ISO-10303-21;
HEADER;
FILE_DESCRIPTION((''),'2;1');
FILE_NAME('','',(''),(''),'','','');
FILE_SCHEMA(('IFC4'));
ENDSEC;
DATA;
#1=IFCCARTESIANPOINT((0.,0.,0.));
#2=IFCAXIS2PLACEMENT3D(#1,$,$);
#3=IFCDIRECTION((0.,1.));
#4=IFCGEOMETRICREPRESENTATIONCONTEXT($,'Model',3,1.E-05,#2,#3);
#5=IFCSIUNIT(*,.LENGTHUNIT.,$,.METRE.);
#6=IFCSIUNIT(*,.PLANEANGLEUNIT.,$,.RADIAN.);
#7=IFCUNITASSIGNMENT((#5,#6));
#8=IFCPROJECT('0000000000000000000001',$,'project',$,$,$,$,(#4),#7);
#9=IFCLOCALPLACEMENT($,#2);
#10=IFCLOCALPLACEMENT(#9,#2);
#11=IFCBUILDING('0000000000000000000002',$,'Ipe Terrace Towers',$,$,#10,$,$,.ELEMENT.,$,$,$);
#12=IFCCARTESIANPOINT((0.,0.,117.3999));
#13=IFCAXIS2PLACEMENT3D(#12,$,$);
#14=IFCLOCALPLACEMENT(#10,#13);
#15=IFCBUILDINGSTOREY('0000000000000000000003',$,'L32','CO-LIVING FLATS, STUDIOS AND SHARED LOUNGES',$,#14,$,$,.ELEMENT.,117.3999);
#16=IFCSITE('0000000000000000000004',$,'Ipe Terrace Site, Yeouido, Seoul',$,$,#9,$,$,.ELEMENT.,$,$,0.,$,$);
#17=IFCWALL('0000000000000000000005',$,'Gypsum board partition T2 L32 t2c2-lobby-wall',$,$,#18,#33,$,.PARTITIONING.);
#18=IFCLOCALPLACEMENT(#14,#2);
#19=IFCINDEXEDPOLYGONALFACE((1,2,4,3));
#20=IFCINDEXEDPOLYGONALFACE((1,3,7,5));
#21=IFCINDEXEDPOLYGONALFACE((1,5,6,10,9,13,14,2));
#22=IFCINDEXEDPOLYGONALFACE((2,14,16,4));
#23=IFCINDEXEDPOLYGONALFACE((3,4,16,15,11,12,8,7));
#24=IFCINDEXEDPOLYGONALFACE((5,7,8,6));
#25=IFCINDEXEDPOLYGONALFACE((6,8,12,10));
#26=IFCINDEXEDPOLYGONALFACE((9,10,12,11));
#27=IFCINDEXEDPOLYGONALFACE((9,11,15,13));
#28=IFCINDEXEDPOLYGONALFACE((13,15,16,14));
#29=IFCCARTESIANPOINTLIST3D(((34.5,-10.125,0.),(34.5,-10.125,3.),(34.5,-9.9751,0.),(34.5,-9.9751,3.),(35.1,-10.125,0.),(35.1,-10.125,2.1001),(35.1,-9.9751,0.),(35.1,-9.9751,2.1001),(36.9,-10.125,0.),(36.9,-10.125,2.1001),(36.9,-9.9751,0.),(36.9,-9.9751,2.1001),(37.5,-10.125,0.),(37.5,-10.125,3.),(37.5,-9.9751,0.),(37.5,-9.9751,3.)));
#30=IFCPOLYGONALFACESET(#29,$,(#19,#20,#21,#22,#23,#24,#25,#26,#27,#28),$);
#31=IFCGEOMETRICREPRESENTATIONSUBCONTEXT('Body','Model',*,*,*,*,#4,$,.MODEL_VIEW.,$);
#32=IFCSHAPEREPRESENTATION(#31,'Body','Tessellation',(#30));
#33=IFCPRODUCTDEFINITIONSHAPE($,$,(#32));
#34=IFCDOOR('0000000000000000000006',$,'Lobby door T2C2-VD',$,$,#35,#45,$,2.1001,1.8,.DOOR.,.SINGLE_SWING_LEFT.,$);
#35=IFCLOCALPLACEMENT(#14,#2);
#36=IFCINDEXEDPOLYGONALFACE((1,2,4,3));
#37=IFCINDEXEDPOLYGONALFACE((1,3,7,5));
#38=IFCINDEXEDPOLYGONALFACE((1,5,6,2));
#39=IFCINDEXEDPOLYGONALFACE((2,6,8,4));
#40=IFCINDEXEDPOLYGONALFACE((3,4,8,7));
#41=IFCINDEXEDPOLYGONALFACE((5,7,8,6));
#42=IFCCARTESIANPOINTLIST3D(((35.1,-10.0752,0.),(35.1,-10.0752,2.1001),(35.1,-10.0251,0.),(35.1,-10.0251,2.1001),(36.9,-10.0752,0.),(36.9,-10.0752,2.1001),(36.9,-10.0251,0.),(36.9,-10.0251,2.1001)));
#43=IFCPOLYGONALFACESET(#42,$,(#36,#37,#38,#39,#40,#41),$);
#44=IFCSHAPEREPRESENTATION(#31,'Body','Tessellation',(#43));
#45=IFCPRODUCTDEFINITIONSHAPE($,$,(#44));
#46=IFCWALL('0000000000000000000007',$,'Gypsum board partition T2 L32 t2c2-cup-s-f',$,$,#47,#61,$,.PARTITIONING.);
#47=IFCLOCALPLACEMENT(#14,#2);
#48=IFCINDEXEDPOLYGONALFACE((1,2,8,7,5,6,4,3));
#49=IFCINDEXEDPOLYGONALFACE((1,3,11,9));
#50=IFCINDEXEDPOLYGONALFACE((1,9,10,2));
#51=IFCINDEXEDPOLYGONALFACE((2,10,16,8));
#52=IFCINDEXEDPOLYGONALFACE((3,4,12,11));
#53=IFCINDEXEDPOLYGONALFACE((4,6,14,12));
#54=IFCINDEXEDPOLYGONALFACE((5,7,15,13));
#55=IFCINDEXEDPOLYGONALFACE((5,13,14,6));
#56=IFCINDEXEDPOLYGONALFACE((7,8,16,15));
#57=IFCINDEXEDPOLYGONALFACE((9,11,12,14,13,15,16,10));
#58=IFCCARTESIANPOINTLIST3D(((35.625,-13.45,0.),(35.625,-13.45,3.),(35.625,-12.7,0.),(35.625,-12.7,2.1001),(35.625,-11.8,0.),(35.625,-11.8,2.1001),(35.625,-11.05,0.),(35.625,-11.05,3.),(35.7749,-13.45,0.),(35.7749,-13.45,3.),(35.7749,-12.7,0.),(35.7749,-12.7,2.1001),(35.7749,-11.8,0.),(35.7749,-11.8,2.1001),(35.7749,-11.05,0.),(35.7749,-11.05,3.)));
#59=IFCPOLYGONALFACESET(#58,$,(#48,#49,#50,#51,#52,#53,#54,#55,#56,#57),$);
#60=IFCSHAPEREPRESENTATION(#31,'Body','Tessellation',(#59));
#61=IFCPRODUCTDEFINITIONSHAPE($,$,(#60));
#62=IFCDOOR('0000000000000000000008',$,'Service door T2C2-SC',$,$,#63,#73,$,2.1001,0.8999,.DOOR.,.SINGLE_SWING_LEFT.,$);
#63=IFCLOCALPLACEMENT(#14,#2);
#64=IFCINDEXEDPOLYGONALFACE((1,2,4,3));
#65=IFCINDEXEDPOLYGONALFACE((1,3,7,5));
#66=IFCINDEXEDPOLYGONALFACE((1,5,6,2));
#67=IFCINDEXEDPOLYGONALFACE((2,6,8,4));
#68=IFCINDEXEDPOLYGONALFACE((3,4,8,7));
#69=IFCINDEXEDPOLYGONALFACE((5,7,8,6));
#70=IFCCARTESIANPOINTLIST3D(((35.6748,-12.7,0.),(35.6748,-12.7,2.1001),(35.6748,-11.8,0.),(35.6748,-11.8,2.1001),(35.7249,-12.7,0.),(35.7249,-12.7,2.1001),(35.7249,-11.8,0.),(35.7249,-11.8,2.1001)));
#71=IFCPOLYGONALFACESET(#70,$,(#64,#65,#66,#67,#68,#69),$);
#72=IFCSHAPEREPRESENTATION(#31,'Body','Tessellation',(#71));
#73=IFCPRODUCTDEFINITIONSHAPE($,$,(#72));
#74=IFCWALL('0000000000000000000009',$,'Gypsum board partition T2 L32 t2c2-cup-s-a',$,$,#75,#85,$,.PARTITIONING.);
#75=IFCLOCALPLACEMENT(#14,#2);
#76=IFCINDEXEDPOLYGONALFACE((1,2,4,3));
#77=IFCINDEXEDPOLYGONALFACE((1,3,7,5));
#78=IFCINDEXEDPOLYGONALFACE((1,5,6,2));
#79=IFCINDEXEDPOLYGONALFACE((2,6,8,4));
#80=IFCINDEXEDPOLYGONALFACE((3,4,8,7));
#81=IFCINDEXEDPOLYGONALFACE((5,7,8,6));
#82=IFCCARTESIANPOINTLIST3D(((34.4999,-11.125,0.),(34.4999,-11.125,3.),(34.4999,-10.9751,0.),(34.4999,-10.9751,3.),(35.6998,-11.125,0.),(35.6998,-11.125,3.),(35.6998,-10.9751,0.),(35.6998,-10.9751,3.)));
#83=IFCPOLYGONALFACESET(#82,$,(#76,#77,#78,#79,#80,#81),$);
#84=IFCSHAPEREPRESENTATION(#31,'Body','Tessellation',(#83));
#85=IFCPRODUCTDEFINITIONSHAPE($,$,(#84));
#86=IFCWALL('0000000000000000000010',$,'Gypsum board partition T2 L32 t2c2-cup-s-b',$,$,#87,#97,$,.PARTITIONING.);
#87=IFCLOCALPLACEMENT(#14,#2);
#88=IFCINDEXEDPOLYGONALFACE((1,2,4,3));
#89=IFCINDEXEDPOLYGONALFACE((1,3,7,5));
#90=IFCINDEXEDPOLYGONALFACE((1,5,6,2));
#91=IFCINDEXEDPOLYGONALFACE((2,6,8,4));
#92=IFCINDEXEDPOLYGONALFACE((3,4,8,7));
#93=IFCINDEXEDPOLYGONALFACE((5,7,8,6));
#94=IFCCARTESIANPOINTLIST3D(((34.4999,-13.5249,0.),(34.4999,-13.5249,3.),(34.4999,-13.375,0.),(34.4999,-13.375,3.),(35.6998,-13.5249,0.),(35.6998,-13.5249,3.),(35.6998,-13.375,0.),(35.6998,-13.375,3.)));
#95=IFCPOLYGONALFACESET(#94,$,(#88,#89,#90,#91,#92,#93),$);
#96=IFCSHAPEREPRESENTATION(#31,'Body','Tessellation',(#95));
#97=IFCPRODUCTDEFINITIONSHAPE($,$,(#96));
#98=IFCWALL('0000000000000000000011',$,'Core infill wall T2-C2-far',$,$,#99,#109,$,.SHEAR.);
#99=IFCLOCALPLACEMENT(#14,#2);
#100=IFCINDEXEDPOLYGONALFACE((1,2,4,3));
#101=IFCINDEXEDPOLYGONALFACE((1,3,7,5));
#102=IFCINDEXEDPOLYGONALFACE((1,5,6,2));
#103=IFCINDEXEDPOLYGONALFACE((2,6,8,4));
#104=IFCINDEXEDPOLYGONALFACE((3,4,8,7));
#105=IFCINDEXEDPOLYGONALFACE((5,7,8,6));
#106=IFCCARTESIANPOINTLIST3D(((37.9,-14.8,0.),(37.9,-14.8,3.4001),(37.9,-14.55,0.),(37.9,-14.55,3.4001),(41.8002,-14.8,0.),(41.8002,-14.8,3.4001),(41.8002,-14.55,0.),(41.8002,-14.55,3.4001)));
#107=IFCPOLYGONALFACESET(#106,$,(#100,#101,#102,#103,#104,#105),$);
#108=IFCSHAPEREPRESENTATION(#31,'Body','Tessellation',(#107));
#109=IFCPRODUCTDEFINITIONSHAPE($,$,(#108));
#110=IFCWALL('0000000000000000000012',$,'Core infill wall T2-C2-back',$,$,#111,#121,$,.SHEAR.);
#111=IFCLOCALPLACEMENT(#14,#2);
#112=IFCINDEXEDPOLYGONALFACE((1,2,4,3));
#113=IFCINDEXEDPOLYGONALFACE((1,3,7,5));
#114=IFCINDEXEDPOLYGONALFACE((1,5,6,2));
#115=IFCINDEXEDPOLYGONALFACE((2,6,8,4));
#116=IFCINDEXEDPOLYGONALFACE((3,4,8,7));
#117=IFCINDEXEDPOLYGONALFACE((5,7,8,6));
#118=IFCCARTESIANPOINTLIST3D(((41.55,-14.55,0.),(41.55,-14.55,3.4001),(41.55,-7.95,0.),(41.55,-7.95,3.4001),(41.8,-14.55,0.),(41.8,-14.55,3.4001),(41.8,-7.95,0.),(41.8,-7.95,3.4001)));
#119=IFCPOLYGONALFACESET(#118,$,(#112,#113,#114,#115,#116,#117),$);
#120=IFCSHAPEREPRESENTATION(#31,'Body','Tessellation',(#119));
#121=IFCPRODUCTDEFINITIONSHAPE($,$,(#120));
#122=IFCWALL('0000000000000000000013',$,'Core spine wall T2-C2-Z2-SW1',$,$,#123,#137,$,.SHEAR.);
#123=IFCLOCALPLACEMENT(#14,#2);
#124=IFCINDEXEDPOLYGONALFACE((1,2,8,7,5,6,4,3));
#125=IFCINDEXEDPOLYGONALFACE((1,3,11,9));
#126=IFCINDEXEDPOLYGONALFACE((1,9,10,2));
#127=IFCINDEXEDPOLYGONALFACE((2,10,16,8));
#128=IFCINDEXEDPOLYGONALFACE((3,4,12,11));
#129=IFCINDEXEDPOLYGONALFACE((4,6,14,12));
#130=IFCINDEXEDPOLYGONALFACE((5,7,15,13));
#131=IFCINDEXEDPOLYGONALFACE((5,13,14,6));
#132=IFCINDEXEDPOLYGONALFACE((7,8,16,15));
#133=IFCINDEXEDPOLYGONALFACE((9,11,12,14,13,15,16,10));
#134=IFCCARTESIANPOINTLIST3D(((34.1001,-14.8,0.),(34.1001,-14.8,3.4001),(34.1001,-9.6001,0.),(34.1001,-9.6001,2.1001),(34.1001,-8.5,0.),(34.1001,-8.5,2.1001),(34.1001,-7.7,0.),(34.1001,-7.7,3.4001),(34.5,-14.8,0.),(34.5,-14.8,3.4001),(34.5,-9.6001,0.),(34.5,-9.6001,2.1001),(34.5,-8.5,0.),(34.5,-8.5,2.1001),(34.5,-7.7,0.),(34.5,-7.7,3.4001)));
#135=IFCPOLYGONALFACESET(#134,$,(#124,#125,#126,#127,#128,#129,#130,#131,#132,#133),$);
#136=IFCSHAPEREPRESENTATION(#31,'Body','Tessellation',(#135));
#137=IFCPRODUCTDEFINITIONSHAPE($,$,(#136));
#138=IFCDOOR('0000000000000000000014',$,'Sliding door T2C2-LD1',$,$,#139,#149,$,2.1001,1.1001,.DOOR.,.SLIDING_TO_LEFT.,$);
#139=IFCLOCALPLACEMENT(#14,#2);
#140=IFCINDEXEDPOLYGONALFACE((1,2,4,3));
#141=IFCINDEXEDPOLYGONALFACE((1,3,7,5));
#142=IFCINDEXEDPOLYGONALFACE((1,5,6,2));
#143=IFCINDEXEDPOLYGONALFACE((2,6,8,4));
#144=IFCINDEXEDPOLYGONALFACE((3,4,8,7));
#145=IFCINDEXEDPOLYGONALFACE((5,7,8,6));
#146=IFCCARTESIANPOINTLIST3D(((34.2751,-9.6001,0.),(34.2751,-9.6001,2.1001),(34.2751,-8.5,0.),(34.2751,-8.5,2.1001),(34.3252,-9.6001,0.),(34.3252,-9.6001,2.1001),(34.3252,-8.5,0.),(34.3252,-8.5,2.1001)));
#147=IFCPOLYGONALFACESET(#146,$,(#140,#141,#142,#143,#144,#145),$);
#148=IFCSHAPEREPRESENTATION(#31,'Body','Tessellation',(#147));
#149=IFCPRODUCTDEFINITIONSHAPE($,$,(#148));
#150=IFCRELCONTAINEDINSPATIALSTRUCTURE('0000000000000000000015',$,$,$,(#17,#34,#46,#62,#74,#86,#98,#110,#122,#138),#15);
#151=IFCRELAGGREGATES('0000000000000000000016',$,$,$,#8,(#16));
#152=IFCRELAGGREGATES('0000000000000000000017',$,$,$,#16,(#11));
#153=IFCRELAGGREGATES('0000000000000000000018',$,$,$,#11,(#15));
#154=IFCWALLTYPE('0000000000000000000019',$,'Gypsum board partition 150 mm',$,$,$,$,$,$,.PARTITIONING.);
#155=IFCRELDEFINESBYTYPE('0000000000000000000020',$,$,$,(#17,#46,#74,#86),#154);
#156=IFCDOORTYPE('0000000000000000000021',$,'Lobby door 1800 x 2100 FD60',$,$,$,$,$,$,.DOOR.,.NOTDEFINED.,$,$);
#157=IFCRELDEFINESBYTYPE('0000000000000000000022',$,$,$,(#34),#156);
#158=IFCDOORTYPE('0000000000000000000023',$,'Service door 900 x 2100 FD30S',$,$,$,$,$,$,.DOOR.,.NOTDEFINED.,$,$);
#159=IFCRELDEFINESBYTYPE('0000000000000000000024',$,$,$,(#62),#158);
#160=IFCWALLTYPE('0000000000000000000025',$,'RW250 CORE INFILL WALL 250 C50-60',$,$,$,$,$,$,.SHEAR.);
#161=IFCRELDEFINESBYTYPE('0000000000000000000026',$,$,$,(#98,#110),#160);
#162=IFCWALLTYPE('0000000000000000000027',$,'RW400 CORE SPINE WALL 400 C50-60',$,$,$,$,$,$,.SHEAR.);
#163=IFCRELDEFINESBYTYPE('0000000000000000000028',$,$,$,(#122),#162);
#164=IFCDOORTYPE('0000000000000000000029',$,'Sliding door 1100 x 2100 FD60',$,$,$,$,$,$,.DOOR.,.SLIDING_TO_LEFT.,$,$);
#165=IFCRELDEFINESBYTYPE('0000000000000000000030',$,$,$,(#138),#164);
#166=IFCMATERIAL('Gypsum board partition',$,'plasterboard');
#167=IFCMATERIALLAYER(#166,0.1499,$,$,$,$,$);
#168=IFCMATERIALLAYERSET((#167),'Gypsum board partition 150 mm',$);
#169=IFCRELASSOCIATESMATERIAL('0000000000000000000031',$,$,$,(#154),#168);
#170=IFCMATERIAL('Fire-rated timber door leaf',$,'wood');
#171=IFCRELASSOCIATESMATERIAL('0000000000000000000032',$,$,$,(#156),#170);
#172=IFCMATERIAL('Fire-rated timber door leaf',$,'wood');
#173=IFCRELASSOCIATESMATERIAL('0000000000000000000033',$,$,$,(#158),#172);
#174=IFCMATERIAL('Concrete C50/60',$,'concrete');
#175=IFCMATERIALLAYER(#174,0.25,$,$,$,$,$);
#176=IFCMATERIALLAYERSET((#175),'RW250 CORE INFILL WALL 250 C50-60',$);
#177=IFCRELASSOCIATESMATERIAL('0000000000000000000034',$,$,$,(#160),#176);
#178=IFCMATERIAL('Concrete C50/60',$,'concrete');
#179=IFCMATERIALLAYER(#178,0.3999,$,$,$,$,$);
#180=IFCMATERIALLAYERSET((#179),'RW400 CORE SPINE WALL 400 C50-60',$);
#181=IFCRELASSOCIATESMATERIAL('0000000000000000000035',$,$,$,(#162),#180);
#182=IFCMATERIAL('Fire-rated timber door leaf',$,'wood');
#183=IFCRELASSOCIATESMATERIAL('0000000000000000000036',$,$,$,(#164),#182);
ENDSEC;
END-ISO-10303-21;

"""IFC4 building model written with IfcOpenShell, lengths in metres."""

from ifc_helpers import new_model, si_unit, direction, frame, frame_2d, origin, place, context, subcontext, project, spatial, rectangle, extrude, material, layer, layer_set, type_object, element, fill, save


model = new_model("IFC4")

# Units and contexts
model_context = context("Model", 3, precision=1e-05, world=origin(), true_north=direction((0.0, 1.0)))
body_context = subcontext(model_context, "Body", "Model", "MODEL_VIEW")
ifc_project = project(units=[si_unit("LENGTHUNIT", "METRE"), si_unit("PLANEANGLEUNIT", "RADIAN")], contexts=[model_context])

# Site, building, storey
site_placement = place(None, origin())
site = spatial("IfcSite", under=ifc_project, at=site_placement, Name="Ipe Terrace Site, Yeouido, Seoul", CompositionType="ELEMENT", RefElevation=0.0)
building_placement = place(site_placement, origin())
building = spatial("IfcBuilding", under=site, at=building_placement, Name="Ipe Terrace Towers", CompositionType="ELEMENT")
storey_placement = place(building_placement, frame((0.0, 0.0, 117.3999)))
storey = spatial("IfcBuildingStorey", under=building, at=storey_placement, Name="L32", Description="CO-LIVING FLATS, STUDIOS AND SHARED LOUNGES", CompositionType="ELEMENT", Elevation=117.3999)

# Walls, openings, doors
ifc_material_1 = material(Name="Gypsum board partition", Category="plasterboard")
ifc_layer_1 = layer(ifc_material_1, 0.1499)
ifc_layer_set_1 = layer_set([ifc_layer_1], Name="Gypsum board partition 150 mm")
wall_type_1 = type_object("IfcWallType", Name="Gypsum board partition 150 mm", PredefinedType="PARTITIONING", material=ifc_layer_set_1)
wall_1_placement = place(storey_placement, frame((34.5, -10.05, 0.0), z_axis=(0.0, 0.0, 1.0), x_axis=(1.0, 0.0, 0.0)))
wall_1 = element("IfcWall", 1, at=wall_1_placement, inside=storey, type_object=wall_type_1, Name="Gypsum board partition T2 L32 t2c2-lobby-wall", PredefinedType="PARTITIONING", context=body_context, shape_type="SweptSolid", body=[
    extrude(rectangle(XDim=3.0, YDim=0.1499, at=frame_2d((1.5, 0.0))), origin(), (0.0, 0.0, 1.0), 3.0),
])
opening_1_placement = place(wall_1_placement, frame((0.6001, 0.0, 0.0)))
opening_1 = element("IfcOpeningElement", 2, at=opening_1_placement, cuts=wall_1, PredefinedType="OPENING", context=body_context, shape_type="SweptSolid", body=[
    extrude(rectangle(XDim=1.8, YDim=2.1001, at=frame_2d((0.8999, 1.05))), frame((0.0, 0.085, 0.0), z_axis=(0.0, -1.0, 0.0), x_axis=(1.0, 0.0, 0.0)), (0.0, 0.0, 1.0), 0.1699),
])
ifc_material_2 = material(Name="Fire-rated timber door leaf", Category="wood")
door_type_1 = type_object("IfcDoorType", Name="Lobby door 1800 x 2100 FD60", OperationType="NOTDEFINED", PredefinedType="DOOR", material=ifc_material_2)
door_1_placement = place(opening_1_placement, origin())
door_1 = element("IfcDoor", 3, at=door_1_placement, inside=storey, type_object=door_type_1, Name="Lobby door T2C2-VD", OperationType="SINGLE_SWING_LEFT", OverallHeight=2.1001, OverallWidth=1.8, PredefinedType="DOOR", context=body_context, shape_type="SweptSolid", body=[
    extrude(rectangle(XDim=1.8, YDim=2.1001, at=frame_2d((0.8999, 1.05))), frame((0.0, 0.0249, 0.0), z_axis=(0.0, -1.0, 0.0), x_axis=(1.0, 0.0, 0.0)), (0.0, 0.0, 1.0), 0.05),
])
fill(opening_1, door_1)
wall_2_placement = place(storey_placement, frame((35.7, -11.05, 0.0), z_axis=(0.0, 0.0, 1.0), x_axis=(0.0, -1.0, 0.0)))
wall_2 = element("IfcWall", 4, at=wall_2_placement, inside=storey, type_object=wall_type_1, Name="Gypsum board partition T2 L32 t2c2-cup-s-f", PredefinedType="PARTITIONING", context=body_context, shape_type="SweptSolid", body=[
    extrude(rectangle(XDim=2.3999, YDim=0.1499, at=frame_2d((1.2, 0.0))), origin(), (0.0, 0.0, 1.0), 3.0),
])
opening_2_placement = place(wall_2_placement, frame((0.75, 0.0, 0.0)))
opening_2 = element("IfcOpeningElement", 5, at=opening_2_placement, cuts=wall_2, PredefinedType="OPENING", context=body_context, shape_type="SweptSolid", body=[
    extrude(rectangle(XDim=0.8999, YDim=2.1001, at=frame_2d((0.45, 1.05))), frame((0.0, 0.085, 0.0), z_axis=(0.0, -1.0, 0.0), x_axis=(1.0, 0.0, 0.0)), (0.0, 0.0, 1.0), 0.1699),
])
ifc_material_3 = material(Name="Fire-rated timber door leaf", Category="wood")
door_type_2 = type_object("IfcDoorType", Name="Service door 900 x 2100 FD30S", OperationType="NOTDEFINED", PredefinedType="DOOR", material=ifc_material_3)
door_2_placement = place(opening_2_placement, origin())
door_2 = element("IfcDoor", 6, at=door_2_placement, inside=storey, type_object=door_type_2, Name="Service door T2C2-SC", OperationType="SINGLE_SWING_LEFT", OverallHeight=2.1001, OverallWidth=0.8999, PredefinedType="DOOR", context=body_context, shape_type="SweptSolid", body=[
    extrude(rectangle(XDim=0.8999, YDim=2.1001, at=frame_2d((0.45, 1.05))), frame((0.0, 0.0249, 0.0), z_axis=(0.0, -1.0, 0.0), x_axis=(1.0, 0.0, 0.0)), (0.0, 0.0, 1.0), 0.05),
])
fill(opening_2, door_2)

# Walls
for number, where, z_axis, x_axis, name in (
    (7, (35.7, -11.05, 0.0), (0.0, 0.0, 1.0), (-1.0, 0.0, 0.0), "Gypsum board partition T2 L32 t2c2-cup-s-a"),
    (8, (35.7, -13.45, 0.0), (0.0, 0.0, 1.0), (-1.0, 0.0, 0.0), "Gypsum board partition T2 L32 t2c2-cup-s-b"),
):
    element("IfcWall", number, at=place(storey_placement, frame(where, z_axis=z_axis, x_axis=x_axis)), inside=storey, type_object=wall_type_1, Name=name, PredefinedType="PARTITIONING", context=body_context, shape_type="SweptSolid", body=[
        extrude(rectangle(XDim=1.2, YDim=0.1499, at=frame_2d((0.6001, 0.0))), origin(), (0.0, 0.0, 1.0), 3.0),
    ])
ifc_material_4 = material(Name="Concrete C50/60", Category="concrete")
ifc_layer_2 = layer(ifc_material_4, 0.25)
ifc_layer_set_2 = layer_set([ifc_layer_2], Name="RW250 CORE INFILL WALL 250 C50-60")
wall_type_2 = type_object("IfcWallType", Name="RW250 CORE INFILL WALL 250 C50-60", PredefinedType="SHEAR", material=ifc_layer_set_2)
wall_3_placement = place(storey_placement, frame((37.8999, -14.675, 0.0), z_axis=(0.0, 0.0, 1.0), x_axis=(1.0, 0.0, 0.0)))
element("IfcWall", 9, at=wall_3_placement, inside=storey, type_object=wall_type_2, Name="Core infill wall T2-C2-far", PredefinedType="SHEAR", context=body_context, shape_type="SweptSolid", body=[
    extrude(rectangle(XDim=3.9001, YDim=0.25, at=frame_2d((1.9502, 0.0))), origin(), (0.0, 0.0, 1.0), 3.4001),
])
wall_4_placement = place(storey_placement, frame((41.675, -7.95, 0.0), z_axis=(0.0, 0.0, 1.0), x_axis=(0.0, -1.0, 0.0)))
element("IfcWall", 10, at=wall_4_placement, inside=storey, type_object=wall_type_2, Name="Core infill wall T2-C2-back", PredefinedType="SHEAR", context=body_context, shape_type="SweptSolid", body=[
    extrude(rectangle(XDim=6.6001, YDim=0.25, at=frame_2d((3.3, 0.0))), origin(), (0.0, 0.0, 1.0), 3.4001),
])

# Wall, opening, door
ifc_material_5 = material(Name="Concrete C50/60", Category="concrete")
ifc_layer_3 = layer(ifc_material_5, 0.3999)
ifc_layer_set_3 = layer_set([ifc_layer_3], Name="RW400 CORE SPINE WALL 400 C50-60")
wall_type_3 = type_object("IfcWallType", Name="RW400 CORE SPINE WALL 400 C50-60", PredefinedType="SHEAR", material=ifc_layer_set_3)
wall_5_placement = place(storey_placement, frame((34.3, -14.8, 0.0), z_axis=(0.0, 0.0, 1.0), x_axis=(0.0, 1.0, 0.0)))
wall_5 = element("IfcWall", 11, at=wall_5_placement, inside=storey, type_object=wall_type_3, Name="Core spine wall T2-C2-Z2-SW1", PredefinedType="SHEAR", context=body_context, shape_type="SweptSolid", body=[
    extrude(rectangle(XDim=7.1001, YDim=0.3999, at=frame_2d((3.55, 0.0))), origin(), (0.0, 0.0, 1.0), 3.4001),
])
opening_3_placement = place(wall_5_placement, frame((5.2, 0.0, 0.0)))
opening_3 = element("IfcOpeningElement", 12, at=opening_3_placement, cuts=wall_5, PredefinedType="OPENING", context=body_context, shape_type="SweptSolid", body=[
    extrude(rectangle(XDim=1.1001, YDim=2.1001, at=frame_2d((0.55, 1.05))), frame((0.0, 0.21, 0.0), z_axis=(0.0, -1.0, 0.0), x_axis=(1.0, 0.0, 0.0)), (0.0, 0.0, 1.0), 0.4199),
])
ifc_material_6 = material(Name="Fire-rated timber door leaf", Category="wood")
door_type_3 = type_object("IfcDoorType", Name="Sliding door 1100 x 2100 FD60", OperationType="SLIDING_TO_LEFT", PredefinedType="DOOR", material=ifc_material_6)
door_3_placement = place(opening_3_placement, origin())
door_3 = element("IfcDoor", 13, at=door_3_placement, inside=storey, type_object=door_type_3, Name="Sliding door T2C2-LD1", OperationType="SLIDING_TO_LEFT", OverallHeight=2.1001, OverallWidth=1.1001, PredefinedType="DOOR", context=body_context, shape_type="SweptSolid", body=[
    extrude(rectangle(XDim=1.1001, YDim=2.1001, at=frame_2d((0.55, 1.05))), frame((0.0, 0.0249, 0.0), z_axis=(0.0, -1.0, 0.0), x_axis=(1.0, 0.0, 0.0)), (0.0, 0.0, 1.0), 0.05),
])
fill(opening_3, door_3)

save(model, "model.ifc")
